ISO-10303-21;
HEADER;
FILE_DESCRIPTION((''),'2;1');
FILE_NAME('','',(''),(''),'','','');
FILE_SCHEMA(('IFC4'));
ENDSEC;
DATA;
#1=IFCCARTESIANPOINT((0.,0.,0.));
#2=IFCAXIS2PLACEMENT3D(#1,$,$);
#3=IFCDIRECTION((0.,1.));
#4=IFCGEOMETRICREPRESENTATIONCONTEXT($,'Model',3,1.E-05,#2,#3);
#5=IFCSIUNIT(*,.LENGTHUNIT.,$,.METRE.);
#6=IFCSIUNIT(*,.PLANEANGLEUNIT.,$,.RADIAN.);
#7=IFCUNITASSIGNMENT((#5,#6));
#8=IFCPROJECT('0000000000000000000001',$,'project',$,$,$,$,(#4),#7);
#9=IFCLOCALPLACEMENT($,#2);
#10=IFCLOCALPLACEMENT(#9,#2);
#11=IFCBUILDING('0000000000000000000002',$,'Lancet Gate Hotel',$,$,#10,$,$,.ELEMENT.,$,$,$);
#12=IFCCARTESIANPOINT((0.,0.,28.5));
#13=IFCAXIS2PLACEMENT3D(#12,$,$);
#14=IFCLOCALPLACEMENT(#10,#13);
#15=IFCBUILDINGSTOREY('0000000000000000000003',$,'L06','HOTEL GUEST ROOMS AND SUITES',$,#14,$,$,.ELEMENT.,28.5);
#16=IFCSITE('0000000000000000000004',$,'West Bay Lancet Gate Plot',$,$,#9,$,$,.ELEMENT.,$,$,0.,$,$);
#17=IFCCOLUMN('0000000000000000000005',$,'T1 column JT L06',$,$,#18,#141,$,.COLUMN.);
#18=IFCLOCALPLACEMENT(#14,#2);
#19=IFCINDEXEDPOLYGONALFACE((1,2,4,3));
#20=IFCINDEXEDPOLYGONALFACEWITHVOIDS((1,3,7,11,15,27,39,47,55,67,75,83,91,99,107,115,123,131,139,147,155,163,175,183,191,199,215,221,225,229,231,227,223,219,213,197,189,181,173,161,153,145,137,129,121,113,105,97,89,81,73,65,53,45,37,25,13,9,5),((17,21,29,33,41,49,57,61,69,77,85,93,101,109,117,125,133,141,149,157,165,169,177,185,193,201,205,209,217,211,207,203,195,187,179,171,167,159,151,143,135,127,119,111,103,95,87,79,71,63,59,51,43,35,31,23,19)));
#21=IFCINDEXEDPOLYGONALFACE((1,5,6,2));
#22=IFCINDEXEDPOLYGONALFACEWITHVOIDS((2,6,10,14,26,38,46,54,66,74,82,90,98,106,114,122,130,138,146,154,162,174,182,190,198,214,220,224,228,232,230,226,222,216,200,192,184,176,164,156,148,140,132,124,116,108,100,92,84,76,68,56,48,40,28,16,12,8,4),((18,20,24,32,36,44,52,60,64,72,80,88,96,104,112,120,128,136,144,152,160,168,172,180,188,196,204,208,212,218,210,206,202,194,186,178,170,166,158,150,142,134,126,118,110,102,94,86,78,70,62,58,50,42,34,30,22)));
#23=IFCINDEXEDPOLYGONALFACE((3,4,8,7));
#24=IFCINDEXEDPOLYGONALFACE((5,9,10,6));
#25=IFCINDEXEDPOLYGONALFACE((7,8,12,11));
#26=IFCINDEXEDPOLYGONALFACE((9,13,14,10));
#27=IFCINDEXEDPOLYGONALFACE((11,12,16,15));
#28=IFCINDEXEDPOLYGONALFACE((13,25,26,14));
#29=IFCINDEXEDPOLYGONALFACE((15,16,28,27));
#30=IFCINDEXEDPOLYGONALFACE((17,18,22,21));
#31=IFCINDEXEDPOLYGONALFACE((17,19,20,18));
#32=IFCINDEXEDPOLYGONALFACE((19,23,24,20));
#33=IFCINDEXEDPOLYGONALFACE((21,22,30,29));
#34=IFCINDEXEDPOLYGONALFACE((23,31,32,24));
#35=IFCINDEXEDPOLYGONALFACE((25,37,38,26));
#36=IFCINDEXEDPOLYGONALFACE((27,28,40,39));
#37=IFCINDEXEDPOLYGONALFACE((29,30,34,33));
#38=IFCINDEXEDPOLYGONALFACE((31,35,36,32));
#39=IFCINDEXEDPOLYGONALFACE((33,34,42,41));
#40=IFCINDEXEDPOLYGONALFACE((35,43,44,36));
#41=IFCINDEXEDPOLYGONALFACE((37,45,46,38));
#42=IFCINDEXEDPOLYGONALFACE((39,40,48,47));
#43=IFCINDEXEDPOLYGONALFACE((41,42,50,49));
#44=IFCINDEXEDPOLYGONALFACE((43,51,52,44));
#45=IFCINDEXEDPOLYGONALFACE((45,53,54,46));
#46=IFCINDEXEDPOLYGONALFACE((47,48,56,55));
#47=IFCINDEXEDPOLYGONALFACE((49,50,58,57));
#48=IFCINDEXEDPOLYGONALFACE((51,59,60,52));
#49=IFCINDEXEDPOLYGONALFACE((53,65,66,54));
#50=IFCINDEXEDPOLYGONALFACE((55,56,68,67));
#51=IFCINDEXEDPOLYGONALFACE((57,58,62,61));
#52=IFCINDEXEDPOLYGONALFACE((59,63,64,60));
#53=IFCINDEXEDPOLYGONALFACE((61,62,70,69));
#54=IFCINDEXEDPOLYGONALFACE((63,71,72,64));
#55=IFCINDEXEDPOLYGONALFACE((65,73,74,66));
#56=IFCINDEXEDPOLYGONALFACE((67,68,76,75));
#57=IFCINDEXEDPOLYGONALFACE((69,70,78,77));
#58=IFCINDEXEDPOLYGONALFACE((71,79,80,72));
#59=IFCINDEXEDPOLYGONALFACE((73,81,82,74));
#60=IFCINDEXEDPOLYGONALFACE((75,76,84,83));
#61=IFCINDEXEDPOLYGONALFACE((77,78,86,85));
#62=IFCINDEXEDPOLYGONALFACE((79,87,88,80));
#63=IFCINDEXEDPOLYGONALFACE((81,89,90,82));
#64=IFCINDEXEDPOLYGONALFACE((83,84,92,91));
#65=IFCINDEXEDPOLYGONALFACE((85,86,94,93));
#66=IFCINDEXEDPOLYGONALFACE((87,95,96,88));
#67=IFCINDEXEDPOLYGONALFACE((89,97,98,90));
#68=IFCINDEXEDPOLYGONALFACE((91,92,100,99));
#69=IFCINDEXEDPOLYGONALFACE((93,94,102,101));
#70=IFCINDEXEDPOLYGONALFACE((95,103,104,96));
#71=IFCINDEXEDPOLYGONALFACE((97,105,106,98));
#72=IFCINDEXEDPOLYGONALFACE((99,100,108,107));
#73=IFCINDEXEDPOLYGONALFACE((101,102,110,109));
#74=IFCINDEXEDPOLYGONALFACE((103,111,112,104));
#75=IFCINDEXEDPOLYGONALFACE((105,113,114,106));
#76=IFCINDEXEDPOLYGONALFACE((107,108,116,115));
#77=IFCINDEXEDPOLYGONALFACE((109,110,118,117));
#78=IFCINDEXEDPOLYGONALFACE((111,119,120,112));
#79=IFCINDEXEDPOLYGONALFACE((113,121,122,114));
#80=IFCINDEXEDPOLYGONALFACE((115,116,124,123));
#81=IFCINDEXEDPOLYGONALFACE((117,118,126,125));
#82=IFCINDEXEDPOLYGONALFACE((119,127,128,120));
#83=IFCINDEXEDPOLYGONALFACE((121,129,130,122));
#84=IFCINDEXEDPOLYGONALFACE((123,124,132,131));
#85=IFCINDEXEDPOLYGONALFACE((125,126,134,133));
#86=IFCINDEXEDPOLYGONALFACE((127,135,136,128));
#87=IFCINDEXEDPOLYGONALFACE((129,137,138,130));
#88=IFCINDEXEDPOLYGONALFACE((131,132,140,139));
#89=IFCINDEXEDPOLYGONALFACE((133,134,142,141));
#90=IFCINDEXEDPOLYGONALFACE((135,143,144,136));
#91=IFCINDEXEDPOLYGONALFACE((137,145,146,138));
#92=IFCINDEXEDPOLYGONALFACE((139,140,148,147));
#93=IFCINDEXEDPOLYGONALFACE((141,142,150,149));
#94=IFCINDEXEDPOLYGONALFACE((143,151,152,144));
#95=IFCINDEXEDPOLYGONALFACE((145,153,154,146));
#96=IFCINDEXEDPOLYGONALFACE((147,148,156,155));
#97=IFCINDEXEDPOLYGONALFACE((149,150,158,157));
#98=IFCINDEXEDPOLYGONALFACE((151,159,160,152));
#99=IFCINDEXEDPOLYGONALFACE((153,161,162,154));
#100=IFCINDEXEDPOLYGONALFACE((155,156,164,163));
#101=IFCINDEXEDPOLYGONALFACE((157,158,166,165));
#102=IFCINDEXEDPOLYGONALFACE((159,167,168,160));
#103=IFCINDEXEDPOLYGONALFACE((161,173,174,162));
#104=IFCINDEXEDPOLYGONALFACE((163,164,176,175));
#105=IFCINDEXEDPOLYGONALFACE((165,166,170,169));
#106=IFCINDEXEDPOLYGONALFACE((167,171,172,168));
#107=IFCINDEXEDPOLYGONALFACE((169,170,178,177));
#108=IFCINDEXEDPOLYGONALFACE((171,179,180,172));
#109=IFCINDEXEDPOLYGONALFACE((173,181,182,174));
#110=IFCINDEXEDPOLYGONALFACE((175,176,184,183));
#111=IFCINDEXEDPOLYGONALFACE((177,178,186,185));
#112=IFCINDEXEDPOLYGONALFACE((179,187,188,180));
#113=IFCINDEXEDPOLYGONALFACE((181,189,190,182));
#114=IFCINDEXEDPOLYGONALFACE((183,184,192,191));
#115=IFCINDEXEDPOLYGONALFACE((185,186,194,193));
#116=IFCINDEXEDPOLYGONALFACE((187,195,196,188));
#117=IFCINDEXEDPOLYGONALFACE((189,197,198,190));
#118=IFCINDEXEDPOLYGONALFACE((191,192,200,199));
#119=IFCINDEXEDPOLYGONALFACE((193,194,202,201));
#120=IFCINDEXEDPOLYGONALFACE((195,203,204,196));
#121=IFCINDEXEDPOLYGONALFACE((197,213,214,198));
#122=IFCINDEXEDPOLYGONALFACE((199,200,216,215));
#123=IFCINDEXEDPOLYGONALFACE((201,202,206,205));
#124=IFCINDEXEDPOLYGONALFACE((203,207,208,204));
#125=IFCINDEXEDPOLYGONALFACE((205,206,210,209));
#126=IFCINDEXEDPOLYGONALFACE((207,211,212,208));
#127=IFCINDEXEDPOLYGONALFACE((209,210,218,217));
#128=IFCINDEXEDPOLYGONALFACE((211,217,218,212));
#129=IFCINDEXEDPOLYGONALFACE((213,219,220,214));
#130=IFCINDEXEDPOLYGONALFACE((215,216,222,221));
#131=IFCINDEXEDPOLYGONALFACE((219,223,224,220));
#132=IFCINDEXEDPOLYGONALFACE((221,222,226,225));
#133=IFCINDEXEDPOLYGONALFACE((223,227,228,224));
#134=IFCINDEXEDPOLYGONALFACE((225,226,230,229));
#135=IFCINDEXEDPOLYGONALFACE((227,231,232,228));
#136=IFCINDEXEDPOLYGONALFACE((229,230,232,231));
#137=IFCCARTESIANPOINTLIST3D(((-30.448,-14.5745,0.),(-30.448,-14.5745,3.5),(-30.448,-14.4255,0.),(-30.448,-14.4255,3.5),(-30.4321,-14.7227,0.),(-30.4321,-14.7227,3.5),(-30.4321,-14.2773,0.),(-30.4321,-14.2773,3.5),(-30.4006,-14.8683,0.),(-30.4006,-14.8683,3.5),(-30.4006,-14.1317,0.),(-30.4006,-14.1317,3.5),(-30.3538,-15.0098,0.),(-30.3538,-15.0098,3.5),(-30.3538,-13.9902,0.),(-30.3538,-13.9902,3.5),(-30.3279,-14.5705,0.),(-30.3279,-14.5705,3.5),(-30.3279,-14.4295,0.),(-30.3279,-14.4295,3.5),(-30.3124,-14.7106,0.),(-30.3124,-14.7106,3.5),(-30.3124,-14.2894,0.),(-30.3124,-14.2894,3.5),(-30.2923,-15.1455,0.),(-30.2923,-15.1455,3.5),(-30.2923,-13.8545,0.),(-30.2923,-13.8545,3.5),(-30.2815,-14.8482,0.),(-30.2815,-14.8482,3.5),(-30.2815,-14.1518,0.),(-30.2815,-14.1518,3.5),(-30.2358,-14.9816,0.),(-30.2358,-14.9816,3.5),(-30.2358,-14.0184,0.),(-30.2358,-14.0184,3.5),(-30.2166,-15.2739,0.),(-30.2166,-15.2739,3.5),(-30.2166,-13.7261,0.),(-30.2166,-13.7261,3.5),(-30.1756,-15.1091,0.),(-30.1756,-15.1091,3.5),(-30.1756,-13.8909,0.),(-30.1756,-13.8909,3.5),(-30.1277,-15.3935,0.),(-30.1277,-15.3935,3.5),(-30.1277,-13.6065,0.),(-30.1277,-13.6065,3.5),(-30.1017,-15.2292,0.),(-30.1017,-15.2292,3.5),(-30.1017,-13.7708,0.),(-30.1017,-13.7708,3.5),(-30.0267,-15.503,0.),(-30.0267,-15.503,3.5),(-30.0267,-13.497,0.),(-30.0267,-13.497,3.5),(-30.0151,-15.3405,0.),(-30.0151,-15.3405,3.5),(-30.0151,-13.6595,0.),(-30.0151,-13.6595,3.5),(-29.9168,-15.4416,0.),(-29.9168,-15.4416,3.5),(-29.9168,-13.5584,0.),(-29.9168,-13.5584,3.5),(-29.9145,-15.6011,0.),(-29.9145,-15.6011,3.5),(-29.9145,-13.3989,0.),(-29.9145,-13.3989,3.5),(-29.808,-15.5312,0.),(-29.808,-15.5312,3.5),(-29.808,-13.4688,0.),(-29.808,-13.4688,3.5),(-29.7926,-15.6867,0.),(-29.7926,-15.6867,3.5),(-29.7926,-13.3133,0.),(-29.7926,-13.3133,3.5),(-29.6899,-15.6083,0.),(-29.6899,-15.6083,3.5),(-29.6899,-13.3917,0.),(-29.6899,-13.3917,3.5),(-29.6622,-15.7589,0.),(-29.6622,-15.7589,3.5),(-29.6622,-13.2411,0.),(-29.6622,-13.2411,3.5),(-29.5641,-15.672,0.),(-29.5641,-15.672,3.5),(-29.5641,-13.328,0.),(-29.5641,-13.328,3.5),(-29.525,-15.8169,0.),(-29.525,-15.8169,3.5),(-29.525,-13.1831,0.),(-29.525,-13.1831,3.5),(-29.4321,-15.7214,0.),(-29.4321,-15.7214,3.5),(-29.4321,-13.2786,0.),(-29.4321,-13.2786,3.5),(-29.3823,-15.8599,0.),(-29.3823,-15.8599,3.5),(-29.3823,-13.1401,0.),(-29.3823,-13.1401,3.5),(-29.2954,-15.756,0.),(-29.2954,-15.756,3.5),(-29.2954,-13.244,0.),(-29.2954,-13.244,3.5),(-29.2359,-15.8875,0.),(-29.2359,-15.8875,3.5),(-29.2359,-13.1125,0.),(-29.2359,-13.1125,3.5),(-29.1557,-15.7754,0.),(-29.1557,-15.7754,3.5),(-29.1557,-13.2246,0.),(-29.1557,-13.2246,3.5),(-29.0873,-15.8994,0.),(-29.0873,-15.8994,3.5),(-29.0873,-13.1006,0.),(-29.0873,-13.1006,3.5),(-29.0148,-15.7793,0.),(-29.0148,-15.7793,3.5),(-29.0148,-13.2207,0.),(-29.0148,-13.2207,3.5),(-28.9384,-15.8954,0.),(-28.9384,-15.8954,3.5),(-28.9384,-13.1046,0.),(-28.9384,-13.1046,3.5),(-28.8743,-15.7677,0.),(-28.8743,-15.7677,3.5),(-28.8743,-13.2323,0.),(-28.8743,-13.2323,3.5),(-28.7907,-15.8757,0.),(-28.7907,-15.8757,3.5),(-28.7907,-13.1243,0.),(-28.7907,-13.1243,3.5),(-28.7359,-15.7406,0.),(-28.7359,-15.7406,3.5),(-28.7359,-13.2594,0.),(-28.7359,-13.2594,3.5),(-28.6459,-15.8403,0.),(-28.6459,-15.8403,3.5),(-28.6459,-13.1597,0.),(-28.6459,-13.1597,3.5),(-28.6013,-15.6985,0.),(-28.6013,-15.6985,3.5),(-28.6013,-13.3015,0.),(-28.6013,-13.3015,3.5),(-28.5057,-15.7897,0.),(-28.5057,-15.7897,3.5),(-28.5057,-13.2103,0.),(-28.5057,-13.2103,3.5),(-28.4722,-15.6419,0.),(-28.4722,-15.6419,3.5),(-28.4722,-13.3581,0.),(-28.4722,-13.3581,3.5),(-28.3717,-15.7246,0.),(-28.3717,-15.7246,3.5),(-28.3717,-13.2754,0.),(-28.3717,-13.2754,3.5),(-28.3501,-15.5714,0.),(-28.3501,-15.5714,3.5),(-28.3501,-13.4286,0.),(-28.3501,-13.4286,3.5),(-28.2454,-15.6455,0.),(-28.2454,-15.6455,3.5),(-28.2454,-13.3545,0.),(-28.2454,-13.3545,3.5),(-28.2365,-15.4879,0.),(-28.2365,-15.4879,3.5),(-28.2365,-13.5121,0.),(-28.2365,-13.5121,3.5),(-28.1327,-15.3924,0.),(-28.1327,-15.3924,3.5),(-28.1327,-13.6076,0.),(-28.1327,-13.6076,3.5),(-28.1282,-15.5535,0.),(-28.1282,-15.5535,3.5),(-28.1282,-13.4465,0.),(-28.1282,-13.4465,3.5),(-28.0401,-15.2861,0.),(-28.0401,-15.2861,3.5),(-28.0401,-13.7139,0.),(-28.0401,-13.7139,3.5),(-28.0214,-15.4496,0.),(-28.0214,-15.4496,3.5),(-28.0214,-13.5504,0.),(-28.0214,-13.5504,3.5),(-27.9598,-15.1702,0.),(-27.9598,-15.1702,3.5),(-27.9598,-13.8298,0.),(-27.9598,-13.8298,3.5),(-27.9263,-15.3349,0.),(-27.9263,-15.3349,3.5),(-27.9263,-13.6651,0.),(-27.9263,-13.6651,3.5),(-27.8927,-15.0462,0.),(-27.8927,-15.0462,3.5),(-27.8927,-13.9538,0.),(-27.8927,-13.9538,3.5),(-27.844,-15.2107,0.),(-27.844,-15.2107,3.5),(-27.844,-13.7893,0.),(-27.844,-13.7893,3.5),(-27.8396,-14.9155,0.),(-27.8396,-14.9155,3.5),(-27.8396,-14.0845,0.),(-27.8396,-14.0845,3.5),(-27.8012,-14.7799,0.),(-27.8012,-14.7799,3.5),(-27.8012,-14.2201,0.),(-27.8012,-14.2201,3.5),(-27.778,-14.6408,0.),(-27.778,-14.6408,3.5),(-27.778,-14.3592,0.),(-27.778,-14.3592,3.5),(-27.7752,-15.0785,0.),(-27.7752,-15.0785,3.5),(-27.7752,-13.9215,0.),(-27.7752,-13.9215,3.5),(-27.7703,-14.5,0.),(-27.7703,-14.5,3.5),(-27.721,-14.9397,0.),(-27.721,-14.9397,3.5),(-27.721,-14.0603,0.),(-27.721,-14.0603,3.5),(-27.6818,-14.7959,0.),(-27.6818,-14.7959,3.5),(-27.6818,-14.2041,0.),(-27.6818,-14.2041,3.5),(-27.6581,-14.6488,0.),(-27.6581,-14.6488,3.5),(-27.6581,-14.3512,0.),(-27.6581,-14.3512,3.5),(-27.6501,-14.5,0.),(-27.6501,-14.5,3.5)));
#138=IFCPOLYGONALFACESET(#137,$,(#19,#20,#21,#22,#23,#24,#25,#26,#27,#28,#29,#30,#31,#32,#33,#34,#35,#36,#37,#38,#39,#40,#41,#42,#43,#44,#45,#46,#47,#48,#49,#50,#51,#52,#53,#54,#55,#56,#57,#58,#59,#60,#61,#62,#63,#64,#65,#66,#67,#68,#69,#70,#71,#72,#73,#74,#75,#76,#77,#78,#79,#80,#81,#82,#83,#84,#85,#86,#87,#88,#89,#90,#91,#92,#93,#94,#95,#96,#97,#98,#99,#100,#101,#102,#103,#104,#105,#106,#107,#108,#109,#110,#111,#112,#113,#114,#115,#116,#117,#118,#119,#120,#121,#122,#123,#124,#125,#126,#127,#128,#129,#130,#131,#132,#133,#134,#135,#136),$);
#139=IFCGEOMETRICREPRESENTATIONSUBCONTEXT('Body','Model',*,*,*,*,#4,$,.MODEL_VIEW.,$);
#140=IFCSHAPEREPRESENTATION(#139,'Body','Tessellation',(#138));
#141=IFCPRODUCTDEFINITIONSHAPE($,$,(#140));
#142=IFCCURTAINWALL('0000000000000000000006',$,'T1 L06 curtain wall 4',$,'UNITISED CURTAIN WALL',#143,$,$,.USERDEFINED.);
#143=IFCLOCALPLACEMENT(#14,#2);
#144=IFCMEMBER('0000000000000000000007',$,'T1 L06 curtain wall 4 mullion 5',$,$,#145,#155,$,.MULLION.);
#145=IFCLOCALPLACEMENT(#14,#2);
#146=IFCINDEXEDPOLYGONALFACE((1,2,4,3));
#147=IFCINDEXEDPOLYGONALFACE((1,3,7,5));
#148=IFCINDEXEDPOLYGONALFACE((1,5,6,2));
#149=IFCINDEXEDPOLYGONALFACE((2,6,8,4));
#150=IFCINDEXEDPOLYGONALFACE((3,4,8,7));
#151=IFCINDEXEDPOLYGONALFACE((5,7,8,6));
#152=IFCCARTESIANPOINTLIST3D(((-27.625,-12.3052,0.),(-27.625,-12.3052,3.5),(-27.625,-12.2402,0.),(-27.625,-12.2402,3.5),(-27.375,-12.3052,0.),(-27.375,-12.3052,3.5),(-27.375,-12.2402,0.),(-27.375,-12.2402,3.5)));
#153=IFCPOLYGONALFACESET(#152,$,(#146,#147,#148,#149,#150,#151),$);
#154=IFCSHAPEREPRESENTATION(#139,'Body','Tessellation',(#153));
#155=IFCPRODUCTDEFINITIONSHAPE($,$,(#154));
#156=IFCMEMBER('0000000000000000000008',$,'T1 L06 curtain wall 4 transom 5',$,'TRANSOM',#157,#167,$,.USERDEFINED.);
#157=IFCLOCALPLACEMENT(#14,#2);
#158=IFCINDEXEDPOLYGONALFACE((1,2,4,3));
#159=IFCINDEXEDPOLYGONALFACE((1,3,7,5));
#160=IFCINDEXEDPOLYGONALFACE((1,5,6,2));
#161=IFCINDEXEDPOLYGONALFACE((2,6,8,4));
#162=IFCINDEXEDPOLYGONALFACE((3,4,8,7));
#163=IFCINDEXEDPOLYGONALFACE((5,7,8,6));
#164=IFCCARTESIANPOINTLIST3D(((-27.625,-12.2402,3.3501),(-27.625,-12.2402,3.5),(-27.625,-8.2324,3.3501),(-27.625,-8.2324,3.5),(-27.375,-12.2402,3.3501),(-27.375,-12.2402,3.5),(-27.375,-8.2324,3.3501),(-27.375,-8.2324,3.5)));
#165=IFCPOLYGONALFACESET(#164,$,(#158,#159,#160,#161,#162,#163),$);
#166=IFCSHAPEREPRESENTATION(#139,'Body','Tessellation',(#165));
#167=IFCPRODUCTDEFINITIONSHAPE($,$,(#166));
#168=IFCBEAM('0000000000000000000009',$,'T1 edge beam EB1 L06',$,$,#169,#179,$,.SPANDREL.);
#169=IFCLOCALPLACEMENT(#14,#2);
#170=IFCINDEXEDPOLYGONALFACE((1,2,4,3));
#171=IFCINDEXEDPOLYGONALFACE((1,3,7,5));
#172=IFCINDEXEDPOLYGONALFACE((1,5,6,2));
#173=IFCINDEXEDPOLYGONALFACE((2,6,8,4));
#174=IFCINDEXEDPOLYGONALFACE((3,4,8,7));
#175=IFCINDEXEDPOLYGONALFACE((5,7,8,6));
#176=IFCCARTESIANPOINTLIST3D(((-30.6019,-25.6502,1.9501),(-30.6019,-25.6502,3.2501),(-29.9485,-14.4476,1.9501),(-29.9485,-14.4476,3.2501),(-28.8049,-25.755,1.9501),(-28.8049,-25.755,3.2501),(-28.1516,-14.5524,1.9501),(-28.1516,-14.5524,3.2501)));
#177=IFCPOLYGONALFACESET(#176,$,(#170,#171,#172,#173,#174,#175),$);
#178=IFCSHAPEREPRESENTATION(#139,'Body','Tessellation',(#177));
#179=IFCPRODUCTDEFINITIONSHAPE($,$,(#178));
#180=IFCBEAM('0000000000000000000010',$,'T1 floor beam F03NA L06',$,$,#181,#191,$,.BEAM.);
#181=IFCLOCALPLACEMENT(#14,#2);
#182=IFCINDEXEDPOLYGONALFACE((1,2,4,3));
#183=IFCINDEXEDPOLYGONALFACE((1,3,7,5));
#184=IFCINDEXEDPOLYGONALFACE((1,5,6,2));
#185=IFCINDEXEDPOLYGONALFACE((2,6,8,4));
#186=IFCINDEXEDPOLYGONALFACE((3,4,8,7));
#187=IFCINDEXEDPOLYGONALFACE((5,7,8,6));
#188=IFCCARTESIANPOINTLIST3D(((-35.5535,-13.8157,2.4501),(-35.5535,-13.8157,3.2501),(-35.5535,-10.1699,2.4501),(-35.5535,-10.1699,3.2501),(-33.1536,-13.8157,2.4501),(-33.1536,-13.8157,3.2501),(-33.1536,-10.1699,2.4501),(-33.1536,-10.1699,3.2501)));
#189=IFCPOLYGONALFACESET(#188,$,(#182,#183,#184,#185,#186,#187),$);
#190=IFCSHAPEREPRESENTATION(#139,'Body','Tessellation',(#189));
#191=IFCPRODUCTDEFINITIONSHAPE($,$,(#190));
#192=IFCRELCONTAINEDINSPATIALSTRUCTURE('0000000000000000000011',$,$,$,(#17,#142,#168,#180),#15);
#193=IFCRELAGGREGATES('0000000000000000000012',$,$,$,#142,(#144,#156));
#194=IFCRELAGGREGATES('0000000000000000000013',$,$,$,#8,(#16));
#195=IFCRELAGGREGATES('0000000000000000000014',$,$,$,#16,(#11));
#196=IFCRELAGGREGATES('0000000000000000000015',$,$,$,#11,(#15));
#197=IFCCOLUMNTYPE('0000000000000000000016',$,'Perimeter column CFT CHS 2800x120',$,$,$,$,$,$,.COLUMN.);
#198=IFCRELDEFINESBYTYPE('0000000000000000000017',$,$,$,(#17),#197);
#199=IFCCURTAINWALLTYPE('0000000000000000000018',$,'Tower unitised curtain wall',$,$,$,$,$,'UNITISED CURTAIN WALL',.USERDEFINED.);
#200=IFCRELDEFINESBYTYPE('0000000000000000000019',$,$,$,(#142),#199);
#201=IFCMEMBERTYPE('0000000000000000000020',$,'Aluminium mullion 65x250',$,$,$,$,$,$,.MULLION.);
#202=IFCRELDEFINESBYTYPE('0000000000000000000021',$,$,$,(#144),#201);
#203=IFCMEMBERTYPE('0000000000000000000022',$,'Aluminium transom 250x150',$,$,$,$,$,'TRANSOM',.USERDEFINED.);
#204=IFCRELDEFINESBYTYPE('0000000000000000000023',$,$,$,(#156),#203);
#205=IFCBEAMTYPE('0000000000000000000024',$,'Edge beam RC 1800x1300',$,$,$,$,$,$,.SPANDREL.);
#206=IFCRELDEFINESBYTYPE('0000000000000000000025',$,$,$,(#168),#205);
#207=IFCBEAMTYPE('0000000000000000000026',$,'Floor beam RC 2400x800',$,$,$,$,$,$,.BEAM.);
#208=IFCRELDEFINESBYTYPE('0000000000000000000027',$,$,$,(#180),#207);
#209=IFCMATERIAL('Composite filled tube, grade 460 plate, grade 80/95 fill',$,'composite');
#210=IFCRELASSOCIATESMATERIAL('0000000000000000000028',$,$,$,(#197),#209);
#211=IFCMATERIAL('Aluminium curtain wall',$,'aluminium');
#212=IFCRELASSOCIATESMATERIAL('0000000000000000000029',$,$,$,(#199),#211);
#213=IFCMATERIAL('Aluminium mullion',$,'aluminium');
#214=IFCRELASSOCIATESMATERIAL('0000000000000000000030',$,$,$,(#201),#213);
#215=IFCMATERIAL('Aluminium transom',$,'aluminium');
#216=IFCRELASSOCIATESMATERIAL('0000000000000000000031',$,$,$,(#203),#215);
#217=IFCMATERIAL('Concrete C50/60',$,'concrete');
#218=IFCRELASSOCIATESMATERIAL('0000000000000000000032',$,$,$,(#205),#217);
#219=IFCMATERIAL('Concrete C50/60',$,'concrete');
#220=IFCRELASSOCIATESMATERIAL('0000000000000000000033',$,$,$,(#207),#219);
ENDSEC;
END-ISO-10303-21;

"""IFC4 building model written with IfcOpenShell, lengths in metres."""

from ifc_helpers import new_model, si_unit, direction, frame, origin, origin_2d, place, context, subcontext, project, spatial, rectangle, hollow_circle, extrude, material, material_profile, profile_set, type_object, element, aggregate, save


model = new_model("IFC4")

# Units and contexts
model_context = context("Model", 3, precision=1e-05, world=origin(), true_north=direction((0.0, 1.0)))
body_context = subcontext(model_context, "Body", "Model", "MODEL_VIEW")
ifc_project = project(units=[si_unit("LENGTHUNIT", "METRE"), si_unit("PLANEANGLEUNIT", "RADIAN")], contexts=[model_context])

# Site, building, storey
site_placement = place(None, origin())
site = spatial("IfcSite", under=ifc_project, at=site_placement, Name="West Bay Lancet Gate Plot", CompositionType="ELEMENT", RefElevation=0.0)
building_placement = place(site_placement, origin())
building = spatial("IfcBuilding", under=site, at=building_placement, Name="Lancet Gate Hotel", CompositionType="ELEMENT")
storey_placement = place(building_placement, frame((0.0, 0.0, 28.5)))
storey = spatial("IfcBuildingStorey", under=building, at=storey_placement, Name="L06", Description="HOTEL GUEST ROOMS AND SUITES", CompositionType="ELEMENT", Elevation=28.5)

# Column
ifc_material_1 = material(Name="Composite filled tube, grade 460 plate, grade 80/95 fill", Category="composite")
ifc_material_profile_1 = material_profile(ifc_material_1, hollow_circle(Radius=1.3999, WallThickness=0.1201, at=origin_2d()), Name="CHS 2800x120")
ifc_profile_set_1 = profile_set([ifc_material_profile_1], Name="Composite filled tube, grade 460 plate, grade 80/95 fill")
column_type = type_object("IfcColumnType", Name="Perimeter column CFT CHS 2800x120", PredefinedType="COLUMN", material=ifc_profile_set_1)
for number, where, z_axis, x_axis, name in (
    (1, (-29.05, -14.5, 0.0), (0.0, 0.0, 1.0), (1.0, 0.0, 0.0), "T1 column JT L06"),
):
    element("IfcColumn", number, at=place(storey_placement, frame(where, z_axis=z_axis, x_axis=x_axis)), inside=storey, type_object=column_type, Name=name, PredefinedType="COLUMN", context=body_context, shape_type="SweptSolid", body=[
        extrude(hollow_circle(Radius=1.3999, WallThickness=0.1201, at=origin_2d()), origin(), (0.0, 0.0, 1.0), 3.5),
    ])

# Curtain wall, members
ifc_material_2 = material(Name="Aluminium curtain wall", Category="aluminium")
curtain_wall_type = type_object("IfcCurtainWallType", Name="Tower unitised curtain wall", ElementType="UNITISED CURTAIN WALL", PredefinedType="USERDEFINED", material=ifc_material_2)
curtain_wall_placement = place(storey_placement, origin())
curtain_wall = element("IfcCurtainWall", 2, at=curtain_wall_placement, inside=storey, type_object=curtain_wall_type, Name="T1 L06 curtain wall 4", ObjectType="UNITISED CURTAIN WALL", PredefinedType="USERDEFINED")
ifc_material_3 = material(Name="Aluminium mullion", Category="aluminium")
ifc_material_profile_2 = material_profile(ifc_material_3, rectangle(XDim=0.0649, YDim=0.25, at=origin_2d()), Name="MULLION 65x250")
ifc_profile_set_2 = profile_set([ifc_material_profile_2], Name="Aluminium mullion")
member_type_1 = type_object("IfcMemberType", Name="Aluminium mullion 65x250", PredefinedType="MULLION", material=ifc_profile_set_2)
member_1_placement = place(storey_placement, frame((-27.5, -12.2727, 0.0), z_axis=(0.0, 0.0, 1.0), x_axis=(0.0, 1.0, 0.0)))
member_1 = element("IfcMember", 3, at=member_1_placement, type_object=member_type_1, Name="T1 L06 curtain wall 4 mullion 5", PredefinedType="MULLION", context=body_context, shape_type="SweptSolid", body=[
    extrude(rectangle(XDim=0.0649, YDim=0.25, at=origin_2d()), origin(), (0.0, 0.0, 1.0), 3.5),
])
ifc_material_4 = material(Name="Aluminium transom", Category="aluminium")
ifc_material_profile_3 = material_profile(ifc_material_4, rectangle(XDim=0.25, YDim=0.1499, at=origin_2d()), Name="TRANSOM 250x150")
ifc_profile_set_3 = profile_set([ifc_material_profile_3], Name="Aluminium transom")
member_type_2 = type_object("IfcMemberType", Name="Aluminium transom 250x150", ElementType="TRANSOM", PredefinedType="USERDEFINED", material=ifc_profile_set_3)
member_2_placement = place(storey_placement, frame((-27.5, -12.2402, 3.425), z_axis=(0.0, 1.0, 0.0), x_axis=(-1.0, 0.0, 0.0)))
member_2 = element("IfcMember", 4, at=member_2_placement, type_object=member_type_2, Name="T1 L06 curtain wall 4 transom 5", ObjectType="TRANSOM", PredefinedType="USERDEFINED", context=body_context, shape_type="SweptSolid", body=[
    extrude(rectangle(XDim=0.25, YDim=0.1499, at=origin_2d()), origin(), (0.0, 0.0, 1.0), 4.0078),
])

# Beams
ifc_material_5 = material(Name="Concrete C50/60", Category="concrete")
ifc_material_profile_4 = material_profile(ifc_material_5, rectangle(XDim=1.8, YDim=1.3, at=origin_2d()), Name="RC 1800x1300")
ifc_profile_set_4 = profile_set([ifc_material_profile_4], Name="Concrete C50/60")
beam_type_1 = type_object("IfcBeamType", Name="Edge beam RC 1800x1300", PredefinedType="SPANDREL", material=ifc_profile_set_4)
beam_1_placement = place(storey_placement, frame((-29.05, -14.5, 2.6001), z_axis=(-0.05822, -0.998304, 0.0), x_axis=(0.998304, -0.05822, 0.0)))
element("IfcBeam", 5, at=beam_1_placement, inside=storey, type_object=beam_type_1, Name="T1 edge beam EB1 L06", PredefinedType="SPANDREL", context=body_context, shape_type="SweptSolid", body=[
    extrude(rectangle(XDim=1.8, YDim=1.3, at=origin_2d()), origin(), (0.0, 0.0, 1.0), 11.2217),
])
ifc_material_6 = material(Name="Concrete C50/60", Category="concrete")
ifc_material_profile_5 = material_profile(ifc_material_6, rectangle(XDim=2.3999, YDim=0.8, at=origin_2d()), Name="RC 2400x800")
ifc_profile_set_5 = profile_set([ifc_material_profile_5], Name="Concrete C50/60")
beam_type_2 = type_object("IfcBeamType", Name="Floor beam RC 2400x800", PredefinedType="BEAM", material=ifc_profile_set_5)
beam_2_placement = place(storey_placement, frame((-34.3535, -10.1699, 2.8501), z_axis=(0.0, -1.0, 0.0), x_axis=(1.0, 0.0, 0.0)))
element("IfcBeam", 6, at=beam_2_placement, inside=storey, type_object=beam_type_2, Name="T1 floor beam F03NA L06", PredefinedType="BEAM", context=body_context, shape_type="SweptSolid", body=[
    extrude(rectangle(XDim=2.3999, YDim=0.8, at=origin_2d()), origin(), (0.0, 0.0, 1.0), 3.6458),
])

aggregate(curtain_wall, [member_1, member_2])

save(model, "model.ifc")
